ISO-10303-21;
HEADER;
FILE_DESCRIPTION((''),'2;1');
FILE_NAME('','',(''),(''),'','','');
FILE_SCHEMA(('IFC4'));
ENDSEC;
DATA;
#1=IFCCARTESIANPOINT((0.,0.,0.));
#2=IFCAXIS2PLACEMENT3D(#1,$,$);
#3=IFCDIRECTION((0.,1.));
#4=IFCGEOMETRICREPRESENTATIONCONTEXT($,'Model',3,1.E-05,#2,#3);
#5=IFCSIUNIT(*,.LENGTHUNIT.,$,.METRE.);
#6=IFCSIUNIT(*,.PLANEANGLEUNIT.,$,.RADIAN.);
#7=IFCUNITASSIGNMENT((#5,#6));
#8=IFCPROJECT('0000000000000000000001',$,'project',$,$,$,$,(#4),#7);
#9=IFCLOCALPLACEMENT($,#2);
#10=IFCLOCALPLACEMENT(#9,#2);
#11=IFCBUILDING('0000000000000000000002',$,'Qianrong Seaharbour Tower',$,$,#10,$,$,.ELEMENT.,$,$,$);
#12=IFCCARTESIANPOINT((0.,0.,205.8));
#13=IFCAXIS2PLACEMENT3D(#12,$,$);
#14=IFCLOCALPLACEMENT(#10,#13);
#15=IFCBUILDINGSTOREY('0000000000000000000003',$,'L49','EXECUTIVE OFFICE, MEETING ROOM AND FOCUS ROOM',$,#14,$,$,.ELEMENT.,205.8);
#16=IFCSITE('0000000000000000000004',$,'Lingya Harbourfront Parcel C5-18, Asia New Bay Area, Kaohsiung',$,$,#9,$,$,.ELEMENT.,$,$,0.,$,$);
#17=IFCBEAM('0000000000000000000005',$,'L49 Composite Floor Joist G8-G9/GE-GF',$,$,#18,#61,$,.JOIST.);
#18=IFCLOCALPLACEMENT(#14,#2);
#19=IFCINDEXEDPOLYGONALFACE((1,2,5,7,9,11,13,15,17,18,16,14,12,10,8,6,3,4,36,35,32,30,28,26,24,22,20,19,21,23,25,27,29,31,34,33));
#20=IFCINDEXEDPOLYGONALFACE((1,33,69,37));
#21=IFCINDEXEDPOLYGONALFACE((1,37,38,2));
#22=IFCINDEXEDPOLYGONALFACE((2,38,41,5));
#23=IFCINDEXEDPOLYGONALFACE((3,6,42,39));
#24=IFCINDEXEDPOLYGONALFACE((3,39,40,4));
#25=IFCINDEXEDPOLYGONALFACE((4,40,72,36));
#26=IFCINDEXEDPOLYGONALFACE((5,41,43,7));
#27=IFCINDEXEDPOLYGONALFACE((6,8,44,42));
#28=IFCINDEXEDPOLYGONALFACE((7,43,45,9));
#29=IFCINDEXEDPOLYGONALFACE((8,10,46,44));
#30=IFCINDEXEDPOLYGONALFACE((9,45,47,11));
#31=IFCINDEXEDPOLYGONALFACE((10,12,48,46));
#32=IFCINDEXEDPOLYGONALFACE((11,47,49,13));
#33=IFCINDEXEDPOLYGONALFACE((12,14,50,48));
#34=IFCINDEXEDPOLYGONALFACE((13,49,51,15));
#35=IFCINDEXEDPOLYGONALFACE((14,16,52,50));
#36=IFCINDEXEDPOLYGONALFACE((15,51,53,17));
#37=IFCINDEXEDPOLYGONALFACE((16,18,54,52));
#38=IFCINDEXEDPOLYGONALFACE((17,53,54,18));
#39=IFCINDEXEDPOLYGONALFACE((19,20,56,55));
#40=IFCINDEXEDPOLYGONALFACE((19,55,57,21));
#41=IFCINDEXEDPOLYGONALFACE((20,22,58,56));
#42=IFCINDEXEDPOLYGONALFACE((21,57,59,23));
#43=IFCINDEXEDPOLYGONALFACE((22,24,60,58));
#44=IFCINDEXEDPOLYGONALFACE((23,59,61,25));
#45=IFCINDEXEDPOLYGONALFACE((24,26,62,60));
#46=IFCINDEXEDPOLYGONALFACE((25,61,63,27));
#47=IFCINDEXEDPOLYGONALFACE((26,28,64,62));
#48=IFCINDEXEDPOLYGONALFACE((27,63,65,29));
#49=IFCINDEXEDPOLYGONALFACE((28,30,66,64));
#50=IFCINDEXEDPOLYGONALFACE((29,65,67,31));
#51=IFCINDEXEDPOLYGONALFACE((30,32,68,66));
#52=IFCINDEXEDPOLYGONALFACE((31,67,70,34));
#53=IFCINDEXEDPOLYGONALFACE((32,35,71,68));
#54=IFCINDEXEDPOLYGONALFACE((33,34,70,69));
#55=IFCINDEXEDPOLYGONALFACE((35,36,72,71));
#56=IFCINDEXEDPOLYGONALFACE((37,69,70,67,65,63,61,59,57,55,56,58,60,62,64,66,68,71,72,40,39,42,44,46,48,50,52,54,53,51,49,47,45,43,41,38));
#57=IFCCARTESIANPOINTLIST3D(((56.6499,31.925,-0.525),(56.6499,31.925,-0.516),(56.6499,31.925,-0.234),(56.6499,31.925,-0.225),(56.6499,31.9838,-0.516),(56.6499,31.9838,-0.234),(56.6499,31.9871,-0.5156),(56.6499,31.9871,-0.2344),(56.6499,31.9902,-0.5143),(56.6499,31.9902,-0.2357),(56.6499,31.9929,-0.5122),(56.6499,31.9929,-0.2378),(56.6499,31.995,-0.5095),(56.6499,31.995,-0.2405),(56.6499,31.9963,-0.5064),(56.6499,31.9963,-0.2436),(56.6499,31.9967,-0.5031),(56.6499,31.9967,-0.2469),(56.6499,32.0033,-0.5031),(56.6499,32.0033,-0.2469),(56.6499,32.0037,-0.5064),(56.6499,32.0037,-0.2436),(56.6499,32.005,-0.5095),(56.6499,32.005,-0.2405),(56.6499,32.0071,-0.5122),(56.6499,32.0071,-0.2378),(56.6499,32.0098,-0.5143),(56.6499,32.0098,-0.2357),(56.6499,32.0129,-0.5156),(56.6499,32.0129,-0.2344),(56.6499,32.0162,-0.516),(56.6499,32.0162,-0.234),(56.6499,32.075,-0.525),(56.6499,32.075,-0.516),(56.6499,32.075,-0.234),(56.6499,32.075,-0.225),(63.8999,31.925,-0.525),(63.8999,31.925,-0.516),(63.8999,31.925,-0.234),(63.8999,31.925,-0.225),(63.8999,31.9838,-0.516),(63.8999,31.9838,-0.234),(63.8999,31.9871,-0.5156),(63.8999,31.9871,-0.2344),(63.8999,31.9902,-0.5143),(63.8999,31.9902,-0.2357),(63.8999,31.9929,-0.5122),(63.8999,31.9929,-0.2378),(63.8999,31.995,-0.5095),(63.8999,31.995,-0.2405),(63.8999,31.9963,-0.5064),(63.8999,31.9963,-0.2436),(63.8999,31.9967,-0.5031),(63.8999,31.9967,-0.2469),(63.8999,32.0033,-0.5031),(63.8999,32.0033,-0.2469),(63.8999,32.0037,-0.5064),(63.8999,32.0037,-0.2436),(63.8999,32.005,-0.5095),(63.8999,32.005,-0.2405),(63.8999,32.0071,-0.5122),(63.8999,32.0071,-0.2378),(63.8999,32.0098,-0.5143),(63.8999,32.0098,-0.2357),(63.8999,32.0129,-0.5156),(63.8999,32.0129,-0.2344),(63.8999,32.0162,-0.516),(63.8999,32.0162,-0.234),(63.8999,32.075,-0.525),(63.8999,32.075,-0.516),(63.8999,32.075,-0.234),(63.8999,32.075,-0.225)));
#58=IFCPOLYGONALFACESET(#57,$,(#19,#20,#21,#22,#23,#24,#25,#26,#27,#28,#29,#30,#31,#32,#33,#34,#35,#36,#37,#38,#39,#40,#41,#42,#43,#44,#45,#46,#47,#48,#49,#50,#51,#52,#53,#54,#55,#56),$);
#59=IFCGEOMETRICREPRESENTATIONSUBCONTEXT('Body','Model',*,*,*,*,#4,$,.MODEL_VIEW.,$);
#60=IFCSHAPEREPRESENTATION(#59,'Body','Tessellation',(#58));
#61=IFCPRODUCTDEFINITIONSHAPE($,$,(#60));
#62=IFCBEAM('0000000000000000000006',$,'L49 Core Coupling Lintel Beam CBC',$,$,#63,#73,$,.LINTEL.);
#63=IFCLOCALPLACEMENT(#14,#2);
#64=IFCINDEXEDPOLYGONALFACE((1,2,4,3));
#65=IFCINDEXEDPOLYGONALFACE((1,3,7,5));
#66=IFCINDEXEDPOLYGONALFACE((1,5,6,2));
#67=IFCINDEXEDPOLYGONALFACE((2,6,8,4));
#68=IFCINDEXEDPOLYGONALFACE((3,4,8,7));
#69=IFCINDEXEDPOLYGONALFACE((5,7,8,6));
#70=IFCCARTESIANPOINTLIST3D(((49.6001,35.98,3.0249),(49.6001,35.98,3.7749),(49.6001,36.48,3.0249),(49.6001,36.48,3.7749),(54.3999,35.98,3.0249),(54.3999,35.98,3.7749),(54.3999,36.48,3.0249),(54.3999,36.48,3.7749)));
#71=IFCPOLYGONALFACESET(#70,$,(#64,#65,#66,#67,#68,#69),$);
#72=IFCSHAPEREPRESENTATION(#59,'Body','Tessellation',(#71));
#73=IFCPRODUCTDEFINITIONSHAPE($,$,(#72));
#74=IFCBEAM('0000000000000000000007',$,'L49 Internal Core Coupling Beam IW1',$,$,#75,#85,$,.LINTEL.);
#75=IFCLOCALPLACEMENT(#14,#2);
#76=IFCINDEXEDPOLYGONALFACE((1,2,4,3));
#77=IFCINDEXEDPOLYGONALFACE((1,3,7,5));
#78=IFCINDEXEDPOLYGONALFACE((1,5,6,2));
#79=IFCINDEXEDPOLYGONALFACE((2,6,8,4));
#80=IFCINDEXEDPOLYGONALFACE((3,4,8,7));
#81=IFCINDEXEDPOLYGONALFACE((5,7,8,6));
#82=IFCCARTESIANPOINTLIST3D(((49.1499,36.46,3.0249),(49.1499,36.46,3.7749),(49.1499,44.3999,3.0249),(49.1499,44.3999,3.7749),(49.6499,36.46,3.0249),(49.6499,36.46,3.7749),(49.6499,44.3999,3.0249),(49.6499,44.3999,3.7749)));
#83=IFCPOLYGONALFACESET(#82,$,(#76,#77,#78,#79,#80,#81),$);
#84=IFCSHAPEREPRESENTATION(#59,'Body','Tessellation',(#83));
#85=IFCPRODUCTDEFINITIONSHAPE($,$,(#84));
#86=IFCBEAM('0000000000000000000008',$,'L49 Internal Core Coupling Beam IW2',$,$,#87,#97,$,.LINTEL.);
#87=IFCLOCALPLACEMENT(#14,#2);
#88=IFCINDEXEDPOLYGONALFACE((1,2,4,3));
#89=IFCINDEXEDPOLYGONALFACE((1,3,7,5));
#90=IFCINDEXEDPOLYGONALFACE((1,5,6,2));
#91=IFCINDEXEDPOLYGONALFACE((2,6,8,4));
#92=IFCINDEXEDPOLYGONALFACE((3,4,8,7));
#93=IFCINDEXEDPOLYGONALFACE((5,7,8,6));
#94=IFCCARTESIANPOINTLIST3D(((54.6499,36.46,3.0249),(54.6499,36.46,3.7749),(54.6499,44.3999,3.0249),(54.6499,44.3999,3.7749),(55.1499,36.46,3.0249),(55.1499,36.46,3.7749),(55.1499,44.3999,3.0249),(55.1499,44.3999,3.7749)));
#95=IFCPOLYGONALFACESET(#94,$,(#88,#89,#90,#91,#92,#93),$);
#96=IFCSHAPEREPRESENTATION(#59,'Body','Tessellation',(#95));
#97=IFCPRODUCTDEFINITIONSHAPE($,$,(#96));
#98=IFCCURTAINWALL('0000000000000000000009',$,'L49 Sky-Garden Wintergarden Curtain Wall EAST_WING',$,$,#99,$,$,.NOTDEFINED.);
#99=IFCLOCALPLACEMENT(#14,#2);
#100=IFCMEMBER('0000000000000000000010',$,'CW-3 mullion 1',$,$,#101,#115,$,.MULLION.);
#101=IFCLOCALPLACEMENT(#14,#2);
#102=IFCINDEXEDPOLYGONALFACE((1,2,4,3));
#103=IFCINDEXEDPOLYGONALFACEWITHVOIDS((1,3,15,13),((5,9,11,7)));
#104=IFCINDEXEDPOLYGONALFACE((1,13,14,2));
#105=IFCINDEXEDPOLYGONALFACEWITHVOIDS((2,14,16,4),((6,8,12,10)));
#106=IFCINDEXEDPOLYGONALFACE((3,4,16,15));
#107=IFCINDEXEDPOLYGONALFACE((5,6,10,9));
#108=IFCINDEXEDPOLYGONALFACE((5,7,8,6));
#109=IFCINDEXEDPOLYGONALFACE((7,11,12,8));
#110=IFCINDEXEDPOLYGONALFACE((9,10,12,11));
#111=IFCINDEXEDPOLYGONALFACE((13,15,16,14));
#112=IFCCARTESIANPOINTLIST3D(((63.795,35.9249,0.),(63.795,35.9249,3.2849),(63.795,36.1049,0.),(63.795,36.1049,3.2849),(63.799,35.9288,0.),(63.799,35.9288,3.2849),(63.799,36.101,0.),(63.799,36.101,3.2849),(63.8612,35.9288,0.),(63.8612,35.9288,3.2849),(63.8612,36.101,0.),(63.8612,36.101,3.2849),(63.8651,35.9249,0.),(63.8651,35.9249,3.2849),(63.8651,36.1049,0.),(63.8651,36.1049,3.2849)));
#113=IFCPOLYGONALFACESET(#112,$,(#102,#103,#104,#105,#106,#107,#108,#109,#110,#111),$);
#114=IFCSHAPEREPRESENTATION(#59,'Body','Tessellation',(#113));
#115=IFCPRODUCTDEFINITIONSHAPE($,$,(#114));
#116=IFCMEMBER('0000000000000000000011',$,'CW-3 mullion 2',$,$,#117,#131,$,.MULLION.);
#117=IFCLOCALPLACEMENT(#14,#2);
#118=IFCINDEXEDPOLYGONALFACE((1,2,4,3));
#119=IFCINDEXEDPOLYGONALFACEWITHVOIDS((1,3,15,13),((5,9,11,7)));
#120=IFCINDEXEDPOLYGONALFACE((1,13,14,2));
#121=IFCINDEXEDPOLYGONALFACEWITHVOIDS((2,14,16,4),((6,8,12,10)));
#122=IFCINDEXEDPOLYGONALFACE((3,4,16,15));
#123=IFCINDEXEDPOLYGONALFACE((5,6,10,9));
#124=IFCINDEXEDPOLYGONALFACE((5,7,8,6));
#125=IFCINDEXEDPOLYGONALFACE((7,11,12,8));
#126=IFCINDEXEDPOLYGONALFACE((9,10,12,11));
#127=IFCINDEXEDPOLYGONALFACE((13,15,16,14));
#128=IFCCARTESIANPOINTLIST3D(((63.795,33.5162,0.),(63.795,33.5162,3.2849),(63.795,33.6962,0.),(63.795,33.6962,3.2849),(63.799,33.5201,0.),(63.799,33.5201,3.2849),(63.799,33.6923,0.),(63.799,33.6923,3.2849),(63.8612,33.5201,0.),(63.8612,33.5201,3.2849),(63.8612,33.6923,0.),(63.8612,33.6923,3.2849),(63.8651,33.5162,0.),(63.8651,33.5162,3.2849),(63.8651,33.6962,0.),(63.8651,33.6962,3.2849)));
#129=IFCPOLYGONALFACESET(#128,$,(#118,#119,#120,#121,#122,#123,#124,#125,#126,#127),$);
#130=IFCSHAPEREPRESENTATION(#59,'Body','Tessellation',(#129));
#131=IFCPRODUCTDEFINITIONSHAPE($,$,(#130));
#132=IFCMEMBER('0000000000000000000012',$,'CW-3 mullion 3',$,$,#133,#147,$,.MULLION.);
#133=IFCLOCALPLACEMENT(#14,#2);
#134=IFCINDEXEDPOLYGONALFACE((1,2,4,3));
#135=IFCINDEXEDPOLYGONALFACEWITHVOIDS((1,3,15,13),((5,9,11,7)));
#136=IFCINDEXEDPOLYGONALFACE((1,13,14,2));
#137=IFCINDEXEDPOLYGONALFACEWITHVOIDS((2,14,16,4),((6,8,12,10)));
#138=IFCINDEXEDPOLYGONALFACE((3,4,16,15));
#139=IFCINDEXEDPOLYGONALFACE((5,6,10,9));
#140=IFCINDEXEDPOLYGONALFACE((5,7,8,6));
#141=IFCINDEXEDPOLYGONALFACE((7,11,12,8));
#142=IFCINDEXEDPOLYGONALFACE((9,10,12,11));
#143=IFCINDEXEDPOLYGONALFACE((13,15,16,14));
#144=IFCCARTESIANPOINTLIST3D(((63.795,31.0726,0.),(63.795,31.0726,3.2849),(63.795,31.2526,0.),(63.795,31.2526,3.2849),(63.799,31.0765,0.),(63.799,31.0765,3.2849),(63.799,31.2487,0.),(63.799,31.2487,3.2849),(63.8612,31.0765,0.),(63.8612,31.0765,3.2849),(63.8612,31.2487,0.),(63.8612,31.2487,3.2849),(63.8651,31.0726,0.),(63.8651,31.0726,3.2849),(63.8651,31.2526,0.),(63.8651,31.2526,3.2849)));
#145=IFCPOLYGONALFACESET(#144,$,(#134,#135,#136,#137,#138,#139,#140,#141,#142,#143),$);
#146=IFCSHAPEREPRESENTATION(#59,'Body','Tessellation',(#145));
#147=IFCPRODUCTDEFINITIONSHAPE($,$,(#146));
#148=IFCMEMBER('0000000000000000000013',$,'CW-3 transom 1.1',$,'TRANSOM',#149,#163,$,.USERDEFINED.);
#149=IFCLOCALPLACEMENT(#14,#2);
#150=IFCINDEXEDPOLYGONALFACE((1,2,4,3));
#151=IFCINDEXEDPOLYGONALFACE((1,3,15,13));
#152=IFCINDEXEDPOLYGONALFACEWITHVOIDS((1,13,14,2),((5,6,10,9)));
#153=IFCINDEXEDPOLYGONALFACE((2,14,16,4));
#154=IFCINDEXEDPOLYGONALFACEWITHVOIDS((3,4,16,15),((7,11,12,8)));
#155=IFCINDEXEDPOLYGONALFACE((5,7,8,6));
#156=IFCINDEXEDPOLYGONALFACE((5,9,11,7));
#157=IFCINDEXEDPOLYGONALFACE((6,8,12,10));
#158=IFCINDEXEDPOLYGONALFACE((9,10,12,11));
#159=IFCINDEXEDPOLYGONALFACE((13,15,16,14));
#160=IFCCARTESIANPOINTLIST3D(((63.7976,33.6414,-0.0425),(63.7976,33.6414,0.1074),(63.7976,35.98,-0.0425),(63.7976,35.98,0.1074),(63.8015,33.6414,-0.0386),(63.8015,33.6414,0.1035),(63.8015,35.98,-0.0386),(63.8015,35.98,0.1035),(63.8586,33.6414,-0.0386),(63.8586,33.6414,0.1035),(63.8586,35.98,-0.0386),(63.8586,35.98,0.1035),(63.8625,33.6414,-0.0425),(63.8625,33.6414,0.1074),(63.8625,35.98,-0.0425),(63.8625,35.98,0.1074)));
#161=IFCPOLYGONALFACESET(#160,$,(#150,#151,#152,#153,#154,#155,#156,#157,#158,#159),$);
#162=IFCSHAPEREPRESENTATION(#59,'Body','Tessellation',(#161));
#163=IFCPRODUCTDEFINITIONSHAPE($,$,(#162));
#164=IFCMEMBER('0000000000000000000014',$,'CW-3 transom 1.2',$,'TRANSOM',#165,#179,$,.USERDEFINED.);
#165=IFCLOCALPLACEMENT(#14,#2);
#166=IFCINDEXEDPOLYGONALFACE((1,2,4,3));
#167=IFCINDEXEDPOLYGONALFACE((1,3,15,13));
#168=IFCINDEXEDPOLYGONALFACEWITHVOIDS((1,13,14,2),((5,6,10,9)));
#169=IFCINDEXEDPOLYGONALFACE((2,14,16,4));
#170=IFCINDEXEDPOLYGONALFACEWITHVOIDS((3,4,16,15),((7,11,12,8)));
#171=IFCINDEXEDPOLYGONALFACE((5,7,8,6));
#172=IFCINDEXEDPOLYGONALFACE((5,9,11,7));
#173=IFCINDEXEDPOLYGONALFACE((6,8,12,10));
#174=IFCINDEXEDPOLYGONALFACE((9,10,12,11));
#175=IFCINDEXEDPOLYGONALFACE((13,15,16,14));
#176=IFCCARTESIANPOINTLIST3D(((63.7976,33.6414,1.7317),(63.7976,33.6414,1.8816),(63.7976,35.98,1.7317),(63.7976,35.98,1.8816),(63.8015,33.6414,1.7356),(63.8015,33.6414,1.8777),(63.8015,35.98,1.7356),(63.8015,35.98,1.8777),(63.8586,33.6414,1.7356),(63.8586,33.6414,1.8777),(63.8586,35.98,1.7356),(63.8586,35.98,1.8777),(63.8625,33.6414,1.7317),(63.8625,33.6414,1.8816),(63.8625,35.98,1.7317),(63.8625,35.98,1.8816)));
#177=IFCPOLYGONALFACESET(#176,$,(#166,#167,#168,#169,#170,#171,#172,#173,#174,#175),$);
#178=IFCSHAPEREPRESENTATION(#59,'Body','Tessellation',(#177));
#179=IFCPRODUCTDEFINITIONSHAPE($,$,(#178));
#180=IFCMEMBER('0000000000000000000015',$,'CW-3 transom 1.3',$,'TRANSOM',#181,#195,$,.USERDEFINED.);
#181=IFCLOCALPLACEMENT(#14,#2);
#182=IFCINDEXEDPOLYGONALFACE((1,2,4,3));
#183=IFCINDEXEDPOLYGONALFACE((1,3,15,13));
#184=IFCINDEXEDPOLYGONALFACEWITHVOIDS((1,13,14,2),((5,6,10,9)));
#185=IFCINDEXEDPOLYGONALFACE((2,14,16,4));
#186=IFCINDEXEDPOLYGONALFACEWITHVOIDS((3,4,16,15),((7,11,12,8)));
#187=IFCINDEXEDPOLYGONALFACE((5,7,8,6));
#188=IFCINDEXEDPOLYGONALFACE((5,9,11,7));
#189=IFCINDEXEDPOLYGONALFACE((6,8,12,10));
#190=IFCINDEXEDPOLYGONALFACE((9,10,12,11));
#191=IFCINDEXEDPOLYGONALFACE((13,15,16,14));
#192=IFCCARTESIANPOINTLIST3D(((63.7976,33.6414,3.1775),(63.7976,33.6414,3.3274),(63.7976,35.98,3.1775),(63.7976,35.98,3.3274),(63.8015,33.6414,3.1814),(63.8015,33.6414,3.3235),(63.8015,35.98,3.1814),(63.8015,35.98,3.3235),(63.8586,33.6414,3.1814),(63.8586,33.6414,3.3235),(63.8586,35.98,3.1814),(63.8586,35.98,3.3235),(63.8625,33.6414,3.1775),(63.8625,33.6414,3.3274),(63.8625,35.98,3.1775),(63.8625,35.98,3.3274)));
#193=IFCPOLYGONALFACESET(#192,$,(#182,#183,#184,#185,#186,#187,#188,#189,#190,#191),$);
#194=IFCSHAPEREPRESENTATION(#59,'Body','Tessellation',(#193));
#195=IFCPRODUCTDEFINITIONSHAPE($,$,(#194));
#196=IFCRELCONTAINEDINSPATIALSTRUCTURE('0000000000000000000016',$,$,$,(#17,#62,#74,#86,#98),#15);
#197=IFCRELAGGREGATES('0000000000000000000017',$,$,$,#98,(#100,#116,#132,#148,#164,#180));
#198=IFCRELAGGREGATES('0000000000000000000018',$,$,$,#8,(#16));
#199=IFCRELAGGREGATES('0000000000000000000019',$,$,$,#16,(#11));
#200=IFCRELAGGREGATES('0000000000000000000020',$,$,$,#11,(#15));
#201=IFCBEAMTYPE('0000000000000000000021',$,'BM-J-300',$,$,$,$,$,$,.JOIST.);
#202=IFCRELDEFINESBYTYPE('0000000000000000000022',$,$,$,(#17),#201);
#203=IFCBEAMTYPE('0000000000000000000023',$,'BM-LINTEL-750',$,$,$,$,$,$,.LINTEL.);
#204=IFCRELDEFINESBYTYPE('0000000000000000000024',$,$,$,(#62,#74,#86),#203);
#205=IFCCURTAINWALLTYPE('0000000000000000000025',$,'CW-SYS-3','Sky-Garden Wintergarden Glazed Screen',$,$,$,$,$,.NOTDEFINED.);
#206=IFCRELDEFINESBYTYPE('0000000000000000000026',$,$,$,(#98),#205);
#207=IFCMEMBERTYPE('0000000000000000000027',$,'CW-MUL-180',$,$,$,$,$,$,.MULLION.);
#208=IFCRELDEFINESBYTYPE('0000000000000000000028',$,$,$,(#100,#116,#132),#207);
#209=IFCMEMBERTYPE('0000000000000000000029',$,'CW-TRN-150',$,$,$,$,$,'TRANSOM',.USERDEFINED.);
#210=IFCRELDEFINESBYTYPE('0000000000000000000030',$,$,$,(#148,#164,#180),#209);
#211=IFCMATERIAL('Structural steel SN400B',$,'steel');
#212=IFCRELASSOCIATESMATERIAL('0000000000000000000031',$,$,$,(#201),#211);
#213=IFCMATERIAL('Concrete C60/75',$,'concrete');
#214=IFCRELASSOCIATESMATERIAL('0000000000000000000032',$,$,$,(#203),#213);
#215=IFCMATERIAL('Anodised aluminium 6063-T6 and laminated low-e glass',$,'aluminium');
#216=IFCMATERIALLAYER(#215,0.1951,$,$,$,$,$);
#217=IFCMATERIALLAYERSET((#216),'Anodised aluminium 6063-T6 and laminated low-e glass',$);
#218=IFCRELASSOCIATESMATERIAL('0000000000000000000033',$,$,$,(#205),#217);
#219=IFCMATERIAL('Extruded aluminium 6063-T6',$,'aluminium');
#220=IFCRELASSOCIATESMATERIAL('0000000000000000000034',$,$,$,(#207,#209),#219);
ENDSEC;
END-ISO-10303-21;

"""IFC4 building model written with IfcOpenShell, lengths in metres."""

from ifc_helpers import new_model, si_unit, direction, frame, origin, origin_2d, place, context, subcontext, project, spatial, rectangle, hollow_rectangle, i_section, extrude, material, layer, layer_set, material_profile, profile_set, type_object, element, aggregate, save


model = new_model("IFC4")

# Units and contexts
model_context = context("Model", 3, precision=1e-05, world=origin(), true_north=direction((0.0, 1.0)))
body_context = subcontext(model_context, "Body", "Model", "MODEL_VIEW")
ifc_project = project(units=[si_unit("LENGTHUNIT", "METRE"), si_unit("PLANEANGLEUNIT", "RADIAN")], contexts=[model_context])

# Site, building, storey
site_placement = place(None, origin())
site = spatial("IfcSite", under=ifc_project, at=site_placement, Name="Lingya Harbourfront Parcel C5-18, Asia New Bay Area, Kaohsiung", CompositionType="ELEMENT", RefElevation=0.0)
building_placement = place(site_placement, origin())
building = spatial("IfcBuilding", under=site, at=building_placement, Name="Qianrong Seaharbour Tower", CompositionType="ELEMENT")
storey_placement = place(building_placement, frame((0.0, 0.0, 205.8)))
storey = spatial("IfcBuildingStorey", under=building, at=storey_placement, Name="L49", Description="EXECUTIVE OFFICE, MEETING ROOM AND FOCUS ROOM", CompositionType="ELEMENT", Elevation=205.8)

# Beams
ifc_material_1 = material(Name="Structural steel SN400B", Category="steel")
ifc_material_profile_1 = material_profile(ifc_material_1, i_section(OverallWidth=0.1499, OverallDepth=0.3, WebThickness=0.0066, FlangeThickness=0.009, FilletRadius=0.0129, at=origin_2d()), Name="H300x150x6.5x9")
ifc_profile_set_1 = profile_set([ifc_material_profile_1], Name="Structural steel SN400B")
beam_type_1 = type_object("IfcBeamType", Name="BM-J-300", PredefinedType="JOIST", material=ifc_profile_set_1)
beam_1_placement = place(storey_placement, frame((56.6499, 32.0, -0.375), z_axis=(1.0, 0.0, 0.0), x_axis=(0.0, 1.0, 0.0)))
element("IfcBeam", 1, at=beam_1_placement, inside=storey, type_object=beam_type_1, Name="L49 Composite Floor Joist G8-G9/GE-GF", PredefinedType="JOIST", context=body_context, shape_type="SweptSolid", body=[
    extrude(i_section(OverallWidth=0.1499, OverallDepth=0.3, WebThickness=0.0066, FlangeThickness=0.009, FilletRadius=0.0129, at=origin_2d()), origin(), (0.0, 0.0, 1.0), 7.25),
])
ifc_material_2 = material(Name="Concrete C60/75", Category="concrete")
ifc_material_profile_2 = material_profile(ifc_material_2, rectangle(XDim=0.5, YDim=0.75, at=origin_2d()), Name="RC500x750")
ifc_profile_set_2 = profile_set([ifc_material_profile_2], Name="Concrete C60/75")
beam_type_2 = type_object("IfcBeamType", Name="BM-LINTEL-750", PredefinedType="LINTEL", material=ifc_profile_set_2)
beam_2_placement = place(storey_placement, frame((49.6001, 36.23, 3.3999), z_axis=(1.0, 0.0, 0.0), x_axis=(0.0, 1.0, 0.0)))
element("IfcBeam", 2, at=beam_2_placement, inside=storey, type_object=beam_type_2, Name="L49 Core Coupling Lintel Beam CBC", PredefinedType="LINTEL", context=body_context, shape_type="SweptSolid", body=[
    extrude(rectangle(XDim=0.5, YDim=0.75, at=origin_2d()), origin(), (0.0, 0.0, 1.0), 4.7998),
])
for number, where, z_axis, x_axis, name in (
    (3, (49.3999, 36.46, 3.3999), (0.0, 1.0, 0.0), (-1.0, 0.0, 0.0), "L49 Internal Core Coupling Beam IW1"),
    (4, (54.8999, 36.46, 3.3999), (0.0, 1.0, 0.0), (-1.0, 0.0, 0.0), "L49 Internal Core Coupling Beam IW2"),
):
    element("IfcBeam", number, at=place(storey_placement, frame(where, z_axis=z_axis, x_axis=x_axis)), inside=storey, type_object=beam_type_2, Name=name, PredefinedType="LINTEL", context=body_context, shape_type="SweptSolid", body=[
        extrude(rectangle(XDim=0.5, YDim=0.75, at=origin_2d()), origin(), (0.0, 0.0, 1.0), 7.9399),
    ])

# Curtain wall, members
ifc_material_3 = material(Name="Anodised aluminium 6063-T6 and laminated low-e glass", Category="aluminium")
ifc_layer_1 = layer(ifc_material_3, 0.1951)
ifc_layer_set_1 = layer_set([ifc_layer_1], Name="Anodised aluminium 6063-T6 and laminated low-e glass")
curtain_wall_type = type_object("IfcCurtainWallType", Name="CW-SYS-3", Description="Sky-Garden Wintergarden Glazed Screen", PredefinedType="NOTDEFINED", material=ifc_layer_set_1)
curtain_wall_placement = place(storey_placement, origin())
curtain_wall = element("IfcCurtainWall", 5, at=curtain_wall_placement, inside=storey, type_object=curtain_wall_type, Name="L49 Sky-Garden Wintergarden Curtain Wall EAST_WING", PredefinedType="NOTDEFINED")
ifc_material_4 = material(Name="Extruded aluminium 6063-T6", Category="aluminium")
ifc_material_profile_3 = material_profile(ifc_material_4, hollow_rectangle(XDim=0.0701, YDim=0.1799, WallThickness=0.0039, at=origin_2d()), Name="ALU-MUL-180x70x4")
ifc_profile_set_3 = profile_set([ifc_material_profile_3], Name="Extruded aluminium 6063-T6")
member_type_1 = type_object("IfcMemberType", Name="CW-MUL-180", PredefinedType="MULLION", material=ifc_profile_set_3)
member_1_placement = place(storey_placement, frame((63.8301, 36.0149, 0.0), z_axis=(0.0, 0.0, 1.0), x_axis=(1.0, 0.0, 0.0)))
member_1 = element("IfcMember", 6, at=member_1_placement, type_object=member_type_1, Name="CW-3 mullion 1", PredefinedType="MULLION", context=body_context, shape_type="SweptSolid", body=[
    extrude(hollow_rectangle(XDim=0.0701, YDim=0.1799, WallThickness=0.0039, at=origin_2d()), origin(), (0.0, 0.0, 1.0), 3.2849),
])
member_2_placement = place(storey_placement, frame((63.8301, 33.6062, 0.0), z_axis=(0.0, 0.0, 1.0), x_axis=(1.0, 0.0, 0.0)))
member_2 = element("IfcMember", 7, at=member_2_placement, type_object=member_type_1, Name="CW-3 mullion 2", PredefinedType="MULLION", context=body_context, shape_type="SweptSolid", body=[
    extrude(hollow_rectangle(XDim=0.0701, YDim=0.1799, WallThickness=0.0039, at=origin_2d()), origin(), (0.0, 0.0, 1.0), 3.2849),
])
member_3_placement = place(storey_placement, frame((63.8301, 31.1626, 0.0), z_axis=(0.0, 0.0, 1.0), x_axis=(1.0, 0.0, 0.0)))
member_3 = element("IfcMember", 8, at=member_3_placement, type_object=member_type_1, Name="CW-3 mullion 3", PredefinedType="MULLION", context=body_context, shape_type="SweptSolid", body=[
    extrude(hollow_rectangle(XDim=0.0701, YDim=0.1799, WallThickness=0.0039, at=origin_2d()), origin(), (0.0, 0.0, 1.0), 3.2849),
])
ifc_material_profile_4 = material_profile(ifc_material_4, hollow_rectangle(XDim=0.0649, YDim=0.1499, WallThickness=0.0039, at=origin_2d()), Name="ALU-TRN-150x65x4")
ifc_profile_set_4 = profile_set([ifc_material_profile_4], Name="Extruded aluminium 6063-T6")
member_type_2 = type_object("IfcMemberType", Name="CW-TRN-150", ElementType="TRANSOM", PredefinedType="USERDEFINED", material=ifc_profile_set_4)
member_4_placement = place(storey_placement, frame((63.8301, 35.98, 0.0325), z_axis=(0.0, -1.0, 0.0), x_axis=(1.0, 0.0, 0.0)))
member_4 = element("IfcMember", 9, at=member_4_placement, type_object=member_type_2, Name="CW-3 transom 1.1", ObjectType="TRANSOM", PredefinedType="USERDEFINED", context=body_context, shape_type="SweptSolid", body=[
    extrude(hollow_rectangle(XDim=0.0649, YDim=0.1499, WallThickness=0.0039, at=origin_2d()), origin(), (0.0, 0.0, 1.0), 2.3386),
])
member_5_placement = place(storey_placement, frame((63.8301, 35.98, 1.8066), z_axis=(0.0, -1.0, 0.0), x_axis=(1.0, 0.0, 0.0)))
member_5 = element("IfcMember", 10, at=member_5_placement, type_object=member_type_2, Name="CW-3 transom 1.2", ObjectType="TRANSOM", PredefinedType="USERDEFINED", context=body_context, shape_type="SweptSolid", body=[
    extrude(hollow_rectangle(XDim=0.0649, YDim=0.1499, WallThickness=0.0039, at=origin_2d()), origin(), (0.0, 0.0, 1.0), 2.3386),
])
member_6_placement = place(storey_placement, frame((63.8301, 35.98, 3.2524), z_axis=(0.0, -1.0, 0.0), x_axis=(1.0, 0.0, 0.0)))
member_6 = element("IfcMember", 11, at=member_6_placement, type_object=member_type_2, Name="CW-3 transom 1.3", ObjectType="TRANSOM", PredefinedType="USERDEFINED", context=body_context, shape_type="SweptSolid", body=[
    extrude(hollow_rectangle(XDim=0.0649, YDim=0.1499, WallThickness=0.0039, at=origin_2d()), origin(), (0.0, 0.0, 1.0), 2.3386),
])
aggregate(curtain_wall, [member_1, member_2, member_3, member_4, member_5, member_6])

save(model, "model.ifc")
